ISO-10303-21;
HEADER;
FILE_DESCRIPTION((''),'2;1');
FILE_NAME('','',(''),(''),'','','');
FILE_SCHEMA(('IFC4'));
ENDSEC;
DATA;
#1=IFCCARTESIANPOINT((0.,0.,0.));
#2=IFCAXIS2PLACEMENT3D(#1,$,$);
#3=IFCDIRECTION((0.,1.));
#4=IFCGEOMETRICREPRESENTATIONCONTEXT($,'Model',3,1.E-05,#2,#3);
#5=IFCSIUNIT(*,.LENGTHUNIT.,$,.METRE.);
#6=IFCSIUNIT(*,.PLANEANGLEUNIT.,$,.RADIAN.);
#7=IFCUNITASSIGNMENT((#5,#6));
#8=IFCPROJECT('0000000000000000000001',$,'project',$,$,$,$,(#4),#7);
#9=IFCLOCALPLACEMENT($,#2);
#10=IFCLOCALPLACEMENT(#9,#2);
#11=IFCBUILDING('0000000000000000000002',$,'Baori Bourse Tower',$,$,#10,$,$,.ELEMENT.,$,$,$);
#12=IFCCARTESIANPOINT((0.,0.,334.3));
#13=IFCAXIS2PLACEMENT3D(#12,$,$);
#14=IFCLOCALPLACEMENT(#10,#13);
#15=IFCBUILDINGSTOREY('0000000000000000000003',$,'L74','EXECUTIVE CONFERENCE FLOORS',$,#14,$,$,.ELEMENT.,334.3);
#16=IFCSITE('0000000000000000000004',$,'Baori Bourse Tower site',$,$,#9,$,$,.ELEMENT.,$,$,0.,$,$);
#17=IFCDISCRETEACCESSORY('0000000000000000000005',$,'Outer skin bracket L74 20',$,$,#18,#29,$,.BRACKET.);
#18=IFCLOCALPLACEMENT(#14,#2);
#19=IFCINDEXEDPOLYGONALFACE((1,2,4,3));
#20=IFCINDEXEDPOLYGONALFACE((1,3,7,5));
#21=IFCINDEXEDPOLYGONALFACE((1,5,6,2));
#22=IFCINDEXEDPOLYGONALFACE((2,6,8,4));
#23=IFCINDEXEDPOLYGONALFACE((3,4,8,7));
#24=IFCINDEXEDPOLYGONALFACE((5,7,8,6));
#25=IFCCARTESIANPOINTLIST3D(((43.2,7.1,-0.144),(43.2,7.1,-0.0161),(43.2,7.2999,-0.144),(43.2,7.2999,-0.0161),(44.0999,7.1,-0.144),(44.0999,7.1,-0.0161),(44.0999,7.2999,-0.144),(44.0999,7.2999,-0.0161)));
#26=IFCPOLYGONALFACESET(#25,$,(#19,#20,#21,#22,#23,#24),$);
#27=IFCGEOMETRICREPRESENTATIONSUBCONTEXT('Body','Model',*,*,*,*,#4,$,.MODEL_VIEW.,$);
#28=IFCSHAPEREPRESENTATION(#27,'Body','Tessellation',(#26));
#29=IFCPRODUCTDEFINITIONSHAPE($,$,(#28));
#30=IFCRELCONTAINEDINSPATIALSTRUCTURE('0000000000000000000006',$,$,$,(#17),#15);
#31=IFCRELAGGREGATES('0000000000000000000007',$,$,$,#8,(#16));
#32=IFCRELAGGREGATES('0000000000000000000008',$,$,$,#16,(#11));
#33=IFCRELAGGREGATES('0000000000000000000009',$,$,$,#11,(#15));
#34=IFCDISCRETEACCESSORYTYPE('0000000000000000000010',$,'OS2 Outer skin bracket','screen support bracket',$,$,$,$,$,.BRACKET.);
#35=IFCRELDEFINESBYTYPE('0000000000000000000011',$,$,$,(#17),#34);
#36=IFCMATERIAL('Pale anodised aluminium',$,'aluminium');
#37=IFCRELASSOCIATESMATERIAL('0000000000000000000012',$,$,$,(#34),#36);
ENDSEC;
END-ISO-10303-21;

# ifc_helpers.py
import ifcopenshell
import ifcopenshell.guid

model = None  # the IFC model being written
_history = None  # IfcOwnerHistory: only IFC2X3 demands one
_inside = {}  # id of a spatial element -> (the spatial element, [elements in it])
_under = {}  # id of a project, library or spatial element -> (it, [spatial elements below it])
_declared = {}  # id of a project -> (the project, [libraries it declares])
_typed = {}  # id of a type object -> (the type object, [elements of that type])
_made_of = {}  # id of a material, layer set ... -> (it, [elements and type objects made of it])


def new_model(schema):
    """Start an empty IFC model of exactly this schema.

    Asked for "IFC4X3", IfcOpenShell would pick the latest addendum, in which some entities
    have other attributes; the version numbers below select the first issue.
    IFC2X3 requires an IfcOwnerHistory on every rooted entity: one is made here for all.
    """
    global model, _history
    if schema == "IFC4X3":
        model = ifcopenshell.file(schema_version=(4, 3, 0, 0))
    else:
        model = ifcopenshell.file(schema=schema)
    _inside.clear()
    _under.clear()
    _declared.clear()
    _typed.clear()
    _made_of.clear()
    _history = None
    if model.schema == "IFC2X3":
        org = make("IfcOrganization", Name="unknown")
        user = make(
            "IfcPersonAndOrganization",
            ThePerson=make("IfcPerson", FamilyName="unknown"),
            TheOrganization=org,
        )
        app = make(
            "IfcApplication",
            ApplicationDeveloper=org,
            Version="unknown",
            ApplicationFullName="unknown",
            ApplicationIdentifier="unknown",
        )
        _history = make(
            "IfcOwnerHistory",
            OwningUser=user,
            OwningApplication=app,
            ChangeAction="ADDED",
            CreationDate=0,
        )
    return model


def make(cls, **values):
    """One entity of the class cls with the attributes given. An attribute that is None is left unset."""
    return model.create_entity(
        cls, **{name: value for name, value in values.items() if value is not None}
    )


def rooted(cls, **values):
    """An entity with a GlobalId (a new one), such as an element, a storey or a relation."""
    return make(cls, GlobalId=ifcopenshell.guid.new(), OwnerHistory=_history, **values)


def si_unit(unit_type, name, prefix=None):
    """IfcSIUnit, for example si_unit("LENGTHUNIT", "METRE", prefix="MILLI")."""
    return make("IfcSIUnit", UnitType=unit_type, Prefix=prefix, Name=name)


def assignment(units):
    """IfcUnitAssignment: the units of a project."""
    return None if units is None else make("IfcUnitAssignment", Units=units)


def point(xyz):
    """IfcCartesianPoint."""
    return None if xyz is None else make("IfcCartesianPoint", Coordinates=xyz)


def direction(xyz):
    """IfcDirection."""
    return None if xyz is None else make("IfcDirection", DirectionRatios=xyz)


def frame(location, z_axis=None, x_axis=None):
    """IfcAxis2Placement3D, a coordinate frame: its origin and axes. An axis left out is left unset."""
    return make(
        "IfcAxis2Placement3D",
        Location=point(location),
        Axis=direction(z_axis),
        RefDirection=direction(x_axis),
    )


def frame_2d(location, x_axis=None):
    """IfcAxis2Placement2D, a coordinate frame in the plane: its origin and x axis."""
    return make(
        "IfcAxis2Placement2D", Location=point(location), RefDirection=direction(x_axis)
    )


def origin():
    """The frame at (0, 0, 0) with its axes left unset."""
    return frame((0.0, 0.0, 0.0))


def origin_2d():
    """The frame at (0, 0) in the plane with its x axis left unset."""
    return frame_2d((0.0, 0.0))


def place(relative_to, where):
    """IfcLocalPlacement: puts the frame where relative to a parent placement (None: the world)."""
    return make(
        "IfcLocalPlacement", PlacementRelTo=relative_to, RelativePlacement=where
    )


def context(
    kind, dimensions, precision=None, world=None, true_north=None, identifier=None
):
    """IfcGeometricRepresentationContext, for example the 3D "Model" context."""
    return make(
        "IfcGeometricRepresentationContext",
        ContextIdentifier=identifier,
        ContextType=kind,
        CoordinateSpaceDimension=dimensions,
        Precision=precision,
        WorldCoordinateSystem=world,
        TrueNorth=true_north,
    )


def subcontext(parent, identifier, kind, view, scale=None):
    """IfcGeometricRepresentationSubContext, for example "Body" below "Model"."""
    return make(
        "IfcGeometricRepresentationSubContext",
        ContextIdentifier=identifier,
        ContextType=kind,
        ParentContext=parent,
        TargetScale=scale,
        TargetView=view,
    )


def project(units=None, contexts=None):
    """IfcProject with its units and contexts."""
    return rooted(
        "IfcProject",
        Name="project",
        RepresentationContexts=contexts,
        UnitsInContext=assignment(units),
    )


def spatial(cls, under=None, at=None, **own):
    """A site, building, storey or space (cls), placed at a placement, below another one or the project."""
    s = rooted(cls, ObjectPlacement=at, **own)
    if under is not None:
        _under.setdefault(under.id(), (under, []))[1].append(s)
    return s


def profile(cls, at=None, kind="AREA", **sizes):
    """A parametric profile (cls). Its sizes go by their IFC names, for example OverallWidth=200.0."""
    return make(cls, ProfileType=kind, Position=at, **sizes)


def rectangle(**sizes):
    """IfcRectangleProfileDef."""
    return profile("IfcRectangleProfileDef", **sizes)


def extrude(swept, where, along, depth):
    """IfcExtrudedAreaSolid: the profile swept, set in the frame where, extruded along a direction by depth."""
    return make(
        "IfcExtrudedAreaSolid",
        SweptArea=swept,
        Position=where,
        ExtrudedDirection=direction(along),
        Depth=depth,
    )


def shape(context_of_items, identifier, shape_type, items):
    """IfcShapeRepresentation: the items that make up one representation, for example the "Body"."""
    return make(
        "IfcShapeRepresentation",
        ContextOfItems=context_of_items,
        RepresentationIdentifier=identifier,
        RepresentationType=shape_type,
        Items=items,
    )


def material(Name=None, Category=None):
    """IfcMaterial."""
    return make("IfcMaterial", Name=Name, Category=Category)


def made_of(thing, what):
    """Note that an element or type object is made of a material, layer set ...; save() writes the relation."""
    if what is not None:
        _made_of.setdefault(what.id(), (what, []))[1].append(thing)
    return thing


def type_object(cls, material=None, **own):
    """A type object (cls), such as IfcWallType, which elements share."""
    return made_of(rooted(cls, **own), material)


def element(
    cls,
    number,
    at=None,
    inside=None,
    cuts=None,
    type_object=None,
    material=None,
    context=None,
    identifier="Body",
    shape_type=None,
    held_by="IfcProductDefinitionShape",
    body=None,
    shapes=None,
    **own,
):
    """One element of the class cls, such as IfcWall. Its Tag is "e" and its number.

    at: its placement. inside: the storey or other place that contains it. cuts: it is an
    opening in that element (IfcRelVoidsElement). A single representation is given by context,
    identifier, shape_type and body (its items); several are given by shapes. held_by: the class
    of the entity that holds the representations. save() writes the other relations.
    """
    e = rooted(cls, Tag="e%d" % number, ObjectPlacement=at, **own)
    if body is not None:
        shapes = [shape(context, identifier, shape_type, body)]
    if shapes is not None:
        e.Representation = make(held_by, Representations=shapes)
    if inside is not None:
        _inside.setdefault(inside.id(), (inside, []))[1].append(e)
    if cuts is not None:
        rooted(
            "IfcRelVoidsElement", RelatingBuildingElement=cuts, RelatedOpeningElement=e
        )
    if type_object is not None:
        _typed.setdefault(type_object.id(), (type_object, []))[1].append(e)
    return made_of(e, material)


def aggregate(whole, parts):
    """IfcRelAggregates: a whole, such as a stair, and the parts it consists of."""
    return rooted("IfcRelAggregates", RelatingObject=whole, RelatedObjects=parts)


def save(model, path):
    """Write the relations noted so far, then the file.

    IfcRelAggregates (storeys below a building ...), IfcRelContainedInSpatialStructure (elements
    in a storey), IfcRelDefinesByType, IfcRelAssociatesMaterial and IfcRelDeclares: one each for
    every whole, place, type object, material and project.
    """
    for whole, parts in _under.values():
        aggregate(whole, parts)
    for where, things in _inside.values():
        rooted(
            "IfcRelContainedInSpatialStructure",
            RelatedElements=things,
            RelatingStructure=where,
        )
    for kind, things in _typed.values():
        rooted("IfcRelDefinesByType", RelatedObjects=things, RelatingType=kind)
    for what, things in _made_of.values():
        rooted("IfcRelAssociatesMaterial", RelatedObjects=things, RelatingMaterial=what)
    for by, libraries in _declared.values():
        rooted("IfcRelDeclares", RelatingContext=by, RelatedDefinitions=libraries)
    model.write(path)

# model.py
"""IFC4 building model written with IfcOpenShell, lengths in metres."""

from ifc_helpers import new_model, si_unit, direction, frame, origin, origin_2d, place, context, subcontext, project, spatial, rectangle, extrude, material, type_object, element, save


model = new_model("IFC4")

# Units and contexts
model_context = context("Model", 3, precision=1e-05, world=origin(), true_north=direction((0.0, 1.0)))
body_context = subcontext(model_context, "Body", "Model", "MODEL_VIEW")
ifc_project = project(units=[si_unit("LENGTHUNIT", "METRE"), si_unit("PLANEANGLEUNIT", "RADIAN")], contexts=[model_context])

# Site, building, storey
site_placement = place(None, origin())
site = spatial("IfcSite", under=ifc_project, at=site_placement, Name="Baori Bourse Tower site", CompositionType="ELEMENT", RefElevation=0.0)
building_placement = place(site_placement, origin())
building = spatial("IfcBuilding", under=site, at=building_placement, Name="Baori Bourse Tower", CompositionType="ELEMENT")
storey_placement = place(building_placement, frame((0.0, 0.0, 334.3)))
storey = spatial("IfcBuildingStorey", under=building, at=storey_placement, Name="L74", Description="EXECUTIVE CONFERENCE FLOORS", CompositionType="ELEMENT", Elevation=334.3)

# Discrete accessory
ifc_material_1 = material(Name="Pale anodised aluminium", Category="aluminium")
discrete_accessory_type = type_object("IfcDiscreteAccessoryType", Name="OS2 Outer skin bracket", Description="screen support bracket", PredefinedType="BRACKET", material=ifc_material_1)
discrete_accessory_placement = place(storey_placement, frame((43.6499, 7.2, -0.144), z_axis=(0.0, 0.0, 1.0), x_axis=(0.0, 1.0, 0.0)))
element("IfcDiscreteAccessory", 1, at=discrete_accessory_placement, inside=storey, type_object=discrete_accessory_type, Name="Outer skin bracket L74 20", PredefinedType="BRACKET", context=body_context, shape_type="SweptSolid", body=[
    extrude(rectangle(XDim=0.2, YDim=0.8999, at=origin_2d()), origin(), (0.0, 0.0, 1.0), 0.1279),
])

save(model, "model.ifc")
